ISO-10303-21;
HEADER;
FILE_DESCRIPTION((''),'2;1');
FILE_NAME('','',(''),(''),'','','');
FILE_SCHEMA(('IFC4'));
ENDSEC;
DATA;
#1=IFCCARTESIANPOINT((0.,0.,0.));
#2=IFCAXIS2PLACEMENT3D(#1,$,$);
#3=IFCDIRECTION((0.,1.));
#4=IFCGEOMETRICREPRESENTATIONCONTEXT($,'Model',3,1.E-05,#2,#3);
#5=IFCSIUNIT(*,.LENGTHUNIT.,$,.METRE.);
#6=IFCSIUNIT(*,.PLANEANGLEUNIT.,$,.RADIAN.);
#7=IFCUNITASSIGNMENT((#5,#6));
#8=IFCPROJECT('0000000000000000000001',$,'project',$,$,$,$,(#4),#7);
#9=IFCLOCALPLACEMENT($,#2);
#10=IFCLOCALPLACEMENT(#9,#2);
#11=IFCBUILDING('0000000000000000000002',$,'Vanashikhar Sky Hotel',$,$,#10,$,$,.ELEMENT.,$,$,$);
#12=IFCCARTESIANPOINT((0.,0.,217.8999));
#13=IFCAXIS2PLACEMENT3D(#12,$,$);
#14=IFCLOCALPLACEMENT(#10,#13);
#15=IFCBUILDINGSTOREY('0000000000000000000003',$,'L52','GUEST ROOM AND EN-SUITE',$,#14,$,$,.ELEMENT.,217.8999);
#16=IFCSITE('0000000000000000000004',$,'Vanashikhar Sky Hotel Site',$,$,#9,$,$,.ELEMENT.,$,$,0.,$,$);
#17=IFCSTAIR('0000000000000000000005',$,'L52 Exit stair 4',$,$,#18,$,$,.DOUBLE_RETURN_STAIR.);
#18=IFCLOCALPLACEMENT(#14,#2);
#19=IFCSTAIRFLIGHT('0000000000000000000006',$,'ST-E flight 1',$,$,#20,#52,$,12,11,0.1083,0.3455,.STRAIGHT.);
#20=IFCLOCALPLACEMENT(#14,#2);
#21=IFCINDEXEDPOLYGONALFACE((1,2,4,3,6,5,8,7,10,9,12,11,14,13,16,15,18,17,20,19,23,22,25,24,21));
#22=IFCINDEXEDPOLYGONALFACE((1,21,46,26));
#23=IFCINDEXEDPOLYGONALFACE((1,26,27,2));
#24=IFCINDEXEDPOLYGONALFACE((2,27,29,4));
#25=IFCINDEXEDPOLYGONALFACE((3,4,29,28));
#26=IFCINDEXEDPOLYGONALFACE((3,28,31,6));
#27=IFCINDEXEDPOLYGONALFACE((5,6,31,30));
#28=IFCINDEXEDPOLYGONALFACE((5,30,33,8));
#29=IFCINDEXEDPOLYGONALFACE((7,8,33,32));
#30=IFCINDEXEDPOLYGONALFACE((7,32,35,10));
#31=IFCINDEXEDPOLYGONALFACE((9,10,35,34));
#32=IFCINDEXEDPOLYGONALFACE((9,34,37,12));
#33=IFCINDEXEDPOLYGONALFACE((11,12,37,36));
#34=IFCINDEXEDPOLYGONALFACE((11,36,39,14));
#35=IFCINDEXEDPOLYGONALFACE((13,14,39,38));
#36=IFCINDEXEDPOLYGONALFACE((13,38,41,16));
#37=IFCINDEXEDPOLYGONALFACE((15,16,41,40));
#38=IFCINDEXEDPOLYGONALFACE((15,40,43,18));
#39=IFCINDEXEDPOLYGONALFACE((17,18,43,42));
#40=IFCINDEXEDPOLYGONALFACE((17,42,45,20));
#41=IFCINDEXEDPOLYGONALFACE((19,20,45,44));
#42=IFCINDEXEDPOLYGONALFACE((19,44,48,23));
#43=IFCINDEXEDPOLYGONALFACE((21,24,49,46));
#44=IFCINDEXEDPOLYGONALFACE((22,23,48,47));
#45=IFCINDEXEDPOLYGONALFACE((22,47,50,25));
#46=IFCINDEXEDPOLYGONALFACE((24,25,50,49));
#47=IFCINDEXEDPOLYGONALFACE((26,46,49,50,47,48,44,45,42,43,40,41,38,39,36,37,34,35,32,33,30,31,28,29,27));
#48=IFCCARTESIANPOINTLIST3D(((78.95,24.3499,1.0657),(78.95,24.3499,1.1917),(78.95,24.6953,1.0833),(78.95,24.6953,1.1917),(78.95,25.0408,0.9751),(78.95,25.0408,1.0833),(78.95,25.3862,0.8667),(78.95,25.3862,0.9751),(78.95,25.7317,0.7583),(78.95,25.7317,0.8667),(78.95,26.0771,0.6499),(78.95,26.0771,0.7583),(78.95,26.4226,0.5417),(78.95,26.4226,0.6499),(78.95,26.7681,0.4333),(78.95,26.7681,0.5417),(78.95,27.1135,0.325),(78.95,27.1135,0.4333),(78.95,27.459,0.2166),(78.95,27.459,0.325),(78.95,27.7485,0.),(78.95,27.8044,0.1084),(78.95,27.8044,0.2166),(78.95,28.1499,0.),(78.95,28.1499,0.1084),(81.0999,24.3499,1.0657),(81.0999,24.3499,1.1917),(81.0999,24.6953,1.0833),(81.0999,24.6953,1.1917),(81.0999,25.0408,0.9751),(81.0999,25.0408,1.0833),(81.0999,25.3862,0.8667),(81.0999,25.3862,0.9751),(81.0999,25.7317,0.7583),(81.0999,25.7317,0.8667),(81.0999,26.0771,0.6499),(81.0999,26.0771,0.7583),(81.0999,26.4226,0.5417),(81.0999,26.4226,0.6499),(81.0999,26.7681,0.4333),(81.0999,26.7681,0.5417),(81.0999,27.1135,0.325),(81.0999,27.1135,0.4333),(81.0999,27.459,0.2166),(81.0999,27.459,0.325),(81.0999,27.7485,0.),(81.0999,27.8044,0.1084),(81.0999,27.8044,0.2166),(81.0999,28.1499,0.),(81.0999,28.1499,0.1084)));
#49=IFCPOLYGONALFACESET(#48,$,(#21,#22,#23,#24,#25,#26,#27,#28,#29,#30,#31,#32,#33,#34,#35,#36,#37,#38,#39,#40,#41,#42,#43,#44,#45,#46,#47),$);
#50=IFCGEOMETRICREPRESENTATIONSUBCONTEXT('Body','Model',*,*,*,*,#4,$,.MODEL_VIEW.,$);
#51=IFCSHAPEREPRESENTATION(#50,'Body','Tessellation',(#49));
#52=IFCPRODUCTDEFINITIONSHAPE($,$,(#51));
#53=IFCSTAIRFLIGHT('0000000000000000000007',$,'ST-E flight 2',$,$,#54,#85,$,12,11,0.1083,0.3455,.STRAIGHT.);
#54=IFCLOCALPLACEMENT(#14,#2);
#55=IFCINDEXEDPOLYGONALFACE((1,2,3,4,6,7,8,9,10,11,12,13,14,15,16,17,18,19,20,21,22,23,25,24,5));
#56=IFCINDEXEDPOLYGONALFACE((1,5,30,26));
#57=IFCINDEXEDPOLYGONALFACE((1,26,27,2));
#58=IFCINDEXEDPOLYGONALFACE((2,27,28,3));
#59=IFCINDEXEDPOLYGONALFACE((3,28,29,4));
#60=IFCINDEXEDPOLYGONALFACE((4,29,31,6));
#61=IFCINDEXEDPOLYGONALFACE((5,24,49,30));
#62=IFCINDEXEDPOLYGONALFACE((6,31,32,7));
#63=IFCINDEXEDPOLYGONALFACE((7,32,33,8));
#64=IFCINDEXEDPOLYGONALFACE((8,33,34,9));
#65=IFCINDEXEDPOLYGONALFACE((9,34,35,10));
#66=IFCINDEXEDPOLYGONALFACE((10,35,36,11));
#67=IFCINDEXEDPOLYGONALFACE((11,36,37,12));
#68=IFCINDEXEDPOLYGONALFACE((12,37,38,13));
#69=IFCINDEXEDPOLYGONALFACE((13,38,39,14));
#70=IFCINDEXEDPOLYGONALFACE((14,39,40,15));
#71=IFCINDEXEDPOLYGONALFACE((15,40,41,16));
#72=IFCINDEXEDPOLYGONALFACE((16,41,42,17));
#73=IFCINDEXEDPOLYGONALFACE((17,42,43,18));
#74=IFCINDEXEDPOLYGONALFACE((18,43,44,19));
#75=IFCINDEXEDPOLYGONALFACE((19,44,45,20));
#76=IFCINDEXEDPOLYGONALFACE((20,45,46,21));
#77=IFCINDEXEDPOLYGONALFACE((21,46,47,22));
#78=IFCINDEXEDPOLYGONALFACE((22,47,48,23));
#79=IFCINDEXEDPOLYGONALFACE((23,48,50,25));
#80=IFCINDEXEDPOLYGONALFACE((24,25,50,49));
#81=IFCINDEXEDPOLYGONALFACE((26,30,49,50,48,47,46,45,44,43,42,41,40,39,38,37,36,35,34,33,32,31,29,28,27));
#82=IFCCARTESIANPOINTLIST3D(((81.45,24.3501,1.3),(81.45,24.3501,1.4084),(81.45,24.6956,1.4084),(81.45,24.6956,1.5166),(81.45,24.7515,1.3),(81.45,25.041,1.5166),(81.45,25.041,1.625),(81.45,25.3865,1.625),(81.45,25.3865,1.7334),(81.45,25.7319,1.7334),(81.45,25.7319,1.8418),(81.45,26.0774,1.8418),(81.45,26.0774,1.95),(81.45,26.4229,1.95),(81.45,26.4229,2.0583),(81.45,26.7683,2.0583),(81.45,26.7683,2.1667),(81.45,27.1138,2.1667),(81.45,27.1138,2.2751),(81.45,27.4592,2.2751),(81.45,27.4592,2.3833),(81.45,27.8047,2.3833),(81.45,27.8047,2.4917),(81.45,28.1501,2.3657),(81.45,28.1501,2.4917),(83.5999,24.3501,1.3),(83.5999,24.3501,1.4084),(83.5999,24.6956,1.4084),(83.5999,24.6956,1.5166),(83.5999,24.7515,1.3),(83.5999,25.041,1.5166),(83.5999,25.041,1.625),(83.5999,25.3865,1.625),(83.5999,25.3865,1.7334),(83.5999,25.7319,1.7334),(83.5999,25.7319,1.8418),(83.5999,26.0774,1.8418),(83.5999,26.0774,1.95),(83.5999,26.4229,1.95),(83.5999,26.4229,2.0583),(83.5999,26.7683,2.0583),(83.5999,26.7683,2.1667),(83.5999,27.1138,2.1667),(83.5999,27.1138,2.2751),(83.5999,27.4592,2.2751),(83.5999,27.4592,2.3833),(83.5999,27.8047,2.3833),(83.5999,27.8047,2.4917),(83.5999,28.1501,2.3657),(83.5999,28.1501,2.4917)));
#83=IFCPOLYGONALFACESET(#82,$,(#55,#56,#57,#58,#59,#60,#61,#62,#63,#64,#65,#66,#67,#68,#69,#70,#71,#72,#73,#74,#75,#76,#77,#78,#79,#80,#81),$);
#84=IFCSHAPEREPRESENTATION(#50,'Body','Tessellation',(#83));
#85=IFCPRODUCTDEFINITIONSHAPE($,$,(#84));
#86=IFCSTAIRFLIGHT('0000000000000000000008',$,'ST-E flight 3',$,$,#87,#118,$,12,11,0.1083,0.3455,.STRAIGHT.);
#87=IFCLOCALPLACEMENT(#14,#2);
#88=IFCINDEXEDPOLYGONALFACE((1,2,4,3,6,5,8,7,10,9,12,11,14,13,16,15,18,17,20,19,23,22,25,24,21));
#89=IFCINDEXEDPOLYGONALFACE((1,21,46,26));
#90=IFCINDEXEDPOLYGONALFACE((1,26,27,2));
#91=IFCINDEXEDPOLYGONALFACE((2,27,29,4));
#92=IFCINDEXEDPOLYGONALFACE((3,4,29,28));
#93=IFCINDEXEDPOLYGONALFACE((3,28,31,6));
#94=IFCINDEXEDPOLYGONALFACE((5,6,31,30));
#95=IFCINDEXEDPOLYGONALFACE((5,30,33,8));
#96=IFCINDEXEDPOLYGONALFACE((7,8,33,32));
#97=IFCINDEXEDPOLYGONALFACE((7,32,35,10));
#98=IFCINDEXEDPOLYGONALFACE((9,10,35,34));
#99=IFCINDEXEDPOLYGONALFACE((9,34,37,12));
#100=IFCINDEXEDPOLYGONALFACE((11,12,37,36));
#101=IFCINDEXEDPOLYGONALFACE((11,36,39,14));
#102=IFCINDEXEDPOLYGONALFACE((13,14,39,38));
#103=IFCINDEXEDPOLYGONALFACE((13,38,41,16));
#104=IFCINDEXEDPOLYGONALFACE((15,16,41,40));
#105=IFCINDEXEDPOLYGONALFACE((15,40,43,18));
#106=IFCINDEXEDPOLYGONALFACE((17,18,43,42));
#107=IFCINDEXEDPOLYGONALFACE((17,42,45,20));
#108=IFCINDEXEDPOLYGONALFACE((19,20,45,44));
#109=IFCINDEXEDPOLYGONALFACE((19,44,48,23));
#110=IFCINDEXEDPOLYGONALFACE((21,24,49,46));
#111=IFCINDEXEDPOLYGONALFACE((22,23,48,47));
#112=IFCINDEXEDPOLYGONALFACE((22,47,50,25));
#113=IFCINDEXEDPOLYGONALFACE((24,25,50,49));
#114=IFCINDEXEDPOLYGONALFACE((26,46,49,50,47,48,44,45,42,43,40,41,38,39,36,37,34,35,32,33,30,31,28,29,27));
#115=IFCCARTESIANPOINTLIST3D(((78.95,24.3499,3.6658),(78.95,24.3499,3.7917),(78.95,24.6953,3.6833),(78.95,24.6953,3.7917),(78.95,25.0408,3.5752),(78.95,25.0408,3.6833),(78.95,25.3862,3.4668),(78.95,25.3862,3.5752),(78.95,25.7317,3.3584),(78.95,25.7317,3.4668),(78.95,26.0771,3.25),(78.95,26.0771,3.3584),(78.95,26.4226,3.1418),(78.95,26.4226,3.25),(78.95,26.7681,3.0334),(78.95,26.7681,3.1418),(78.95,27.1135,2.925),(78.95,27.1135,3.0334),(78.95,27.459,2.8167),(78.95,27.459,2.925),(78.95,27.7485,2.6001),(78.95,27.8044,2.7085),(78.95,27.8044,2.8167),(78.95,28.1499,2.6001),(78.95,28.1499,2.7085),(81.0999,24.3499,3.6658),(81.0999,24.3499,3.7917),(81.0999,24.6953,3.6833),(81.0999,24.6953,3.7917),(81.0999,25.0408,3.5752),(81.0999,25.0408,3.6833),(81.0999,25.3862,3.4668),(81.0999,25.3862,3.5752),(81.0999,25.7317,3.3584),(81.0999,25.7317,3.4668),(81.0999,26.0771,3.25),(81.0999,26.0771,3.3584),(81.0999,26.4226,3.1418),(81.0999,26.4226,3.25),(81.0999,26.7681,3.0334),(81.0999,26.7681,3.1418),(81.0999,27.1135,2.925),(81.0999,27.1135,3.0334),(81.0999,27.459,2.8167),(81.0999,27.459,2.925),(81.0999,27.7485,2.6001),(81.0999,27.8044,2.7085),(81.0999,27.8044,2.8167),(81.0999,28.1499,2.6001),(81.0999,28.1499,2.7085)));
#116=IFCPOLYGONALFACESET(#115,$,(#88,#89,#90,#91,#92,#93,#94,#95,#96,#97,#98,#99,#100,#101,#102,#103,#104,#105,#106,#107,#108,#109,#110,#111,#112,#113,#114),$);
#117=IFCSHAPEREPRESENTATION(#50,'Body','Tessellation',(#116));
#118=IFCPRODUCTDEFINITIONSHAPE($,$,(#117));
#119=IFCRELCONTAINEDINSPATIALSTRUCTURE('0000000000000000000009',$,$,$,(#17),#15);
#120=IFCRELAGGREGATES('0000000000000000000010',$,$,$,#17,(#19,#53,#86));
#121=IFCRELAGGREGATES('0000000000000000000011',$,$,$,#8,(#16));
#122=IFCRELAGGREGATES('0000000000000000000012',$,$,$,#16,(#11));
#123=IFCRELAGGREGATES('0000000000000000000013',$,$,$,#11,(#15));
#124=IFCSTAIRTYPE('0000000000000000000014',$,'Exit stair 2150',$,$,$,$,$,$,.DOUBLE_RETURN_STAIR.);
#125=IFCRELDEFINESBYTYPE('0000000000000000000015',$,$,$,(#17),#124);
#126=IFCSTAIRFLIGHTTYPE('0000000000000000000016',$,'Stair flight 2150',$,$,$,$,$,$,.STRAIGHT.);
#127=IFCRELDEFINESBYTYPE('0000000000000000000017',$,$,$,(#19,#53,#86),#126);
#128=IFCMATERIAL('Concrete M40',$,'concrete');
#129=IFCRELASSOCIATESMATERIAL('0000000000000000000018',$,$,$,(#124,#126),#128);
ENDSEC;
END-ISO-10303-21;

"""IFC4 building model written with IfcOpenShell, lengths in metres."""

from ifc_helpers import new_model, si_unit, direction, frame, origin, place, context, subcontext, project, spatial, polyline, outline, extrude, source, transform, mapped, material, type_object, element, aggregate, save


model = new_model("IFC4")

# Units and contexts
model_context = context("Model", 3, precision=1e-05, world=origin(), true_north=direction((0.0, 1.0)))
body_context = subcontext(model_context, "Body", "Model", "MODEL_VIEW")
ifc_project = project(units=[si_unit("LENGTHUNIT", "METRE"), si_unit("PLANEANGLEUNIT", "RADIAN")], contexts=[model_context])

# Site, building, storey
site_placement = place(None, origin())
site = spatial("IfcSite", under=ifc_project, at=site_placement, Name="Vanashikhar Sky Hotel Site", CompositionType="ELEMENT", RefElevation=0.0)
building_placement = place(site_placement, origin())
building = spatial("IfcBuilding", under=site, at=building_placement, Name="Vanashikhar Sky Hotel", CompositionType="ELEMENT")
storey_placement = place(building_placement, frame((0.0, 0.0, 217.8999)))
storey = spatial("IfcBuildingStorey", under=building, at=storey_placement, Name="L52", Description="GUEST ROOM AND EN-SUITE", CompositionType="ELEMENT", Elevation=217.8999)

# Shared definitions
ifc_material_1 = material(Name="Concrete M40", Category="concrete")
stair_type = type_object("IfcStairType", Name="Exit stair 2150", PredefinedType="DOUBLE_RETURN_STAIR", material=ifc_material_1)
stair_flight_type = type_object("IfcStairFlightType", Name="Stair flight 2150", PredefinedType="STRAIGHT", material=ifc_material_1)
shared_shape_1 = source(origin(), body_context, "Body", "SweptSolid", [
    extrude(outline(polyline([(0.0, 0.0), (0.0, 0.1084), (0.3455, 0.1084), (0.3455, 0.2166), (0.6909, 0.2166), (0.6909, 0.325), (1.0364, 0.325), (1.0364, 0.4333), (1.3818, 0.4333), (1.3818, 0.5417), (1.7273, 0.5417), (1.7273, 0.6499), (2.0728, 0.6499), (2.0728, 0.7583), (2.4182, 0.7583), (2.4182, 0.8667), (2.7637, 0.8667), (2.7637, 0.9751), (3.1091, 0.9751), (3.1091, 1.0833), (3.4546, 1.0833), (3.4546, 1.1917), (3.8, 1.1917), (3.8, 1.3), (3.8, 1.0657), (0.4014, 0.0), (0.0, 0.0)])), frame((0.0, 1.075, 0.0), z_axis=(0.0, -1.0, 0.0), x_axis=(1.0, 0.0, 0.0)), (0.0, 0.0, 1.0), 2.1499),
])

# Stair, stair flights
stair_1_placement = place(storey_placement, origin())
stair_1 = element("IfcStair", 1, at=stair_1_placement, inside=storey, type_object=stair_type, Name="L52 Exit stair 4", PredefinedType="DOUBLE_RETURN_STAIR")
stair_flight_1_placement = place(storey_placement, frame((80.0249, 28.1499, 0.0), z_axis=(0.0, 0.0, 1.0), x_axis=(0.0, -1.0, 0.0)))
stair_flight_1 = element("IfcStairFlight", 2, at=stair_flight_1_placement, type_object=stair_flight_type, Name="ST-E flight 1", NumberOfRisers=12, NumberOfTreads=11, PredefinedType="STRAIGHT", RiserHeight=0.1083, TreadLength=0.3455, context=body_context, shape_type="MappedRepresentation", body=[
    mapped(shared_shape_1, transform((0.0, 0.0, 0.0), scale=1.0)),
])
stair_flight_2_placement = place(storey_placement, frame((82.5249, 24.3501, 1.3), z_axis=(0.0, 0.0, 1.0), x_axis=(0.0, 1.0, 0.0)))
stair_flight_2 = element("IfcStairFlight", 3, at=stair_flight_2_placement, type_object=stair_flight_type, Name="ST-E flight 2", NumberOfRisers=12, NumberOfTreads=11, PredefinedType="STRAIGHT", RiserHeight=0.1083, TreadLength=0.3455, context=body_context, shape_type="MappedRepresentation", body=[
    mapped(shared_shape_1, transform((0.0, 0.0, 0.0), scale=1.0)),
])
stair_flight_3_placement = place(storey_placement, frame((80.0249, 28.1499, 2.6001), z_axis=(0.0, 0.0, 1.0), x_axis=(0.0, -1.0, 0.0)))
stair_flight_3 = element("IfcStairFlight", 4, at=stair_flight_3_placement, type_object=stair_flight_type, Name="ST-E flight 3", NumberOfRisers=12, NumberOfTreads=11, PredefinedType="STRAIGHT", RiserHeight=0.1083, TreadLength=0.3455, context=body_context, shape_type="MappedRepresentation", body=[
    mapped(shared_shape_1, transform((0.0, 0.0, 0.0), scale=1.0)),
])
aggregate(stair_1, [stair_flight_1, stair_flight_2, stair_flight_3])

save(model, "model.ifc")
